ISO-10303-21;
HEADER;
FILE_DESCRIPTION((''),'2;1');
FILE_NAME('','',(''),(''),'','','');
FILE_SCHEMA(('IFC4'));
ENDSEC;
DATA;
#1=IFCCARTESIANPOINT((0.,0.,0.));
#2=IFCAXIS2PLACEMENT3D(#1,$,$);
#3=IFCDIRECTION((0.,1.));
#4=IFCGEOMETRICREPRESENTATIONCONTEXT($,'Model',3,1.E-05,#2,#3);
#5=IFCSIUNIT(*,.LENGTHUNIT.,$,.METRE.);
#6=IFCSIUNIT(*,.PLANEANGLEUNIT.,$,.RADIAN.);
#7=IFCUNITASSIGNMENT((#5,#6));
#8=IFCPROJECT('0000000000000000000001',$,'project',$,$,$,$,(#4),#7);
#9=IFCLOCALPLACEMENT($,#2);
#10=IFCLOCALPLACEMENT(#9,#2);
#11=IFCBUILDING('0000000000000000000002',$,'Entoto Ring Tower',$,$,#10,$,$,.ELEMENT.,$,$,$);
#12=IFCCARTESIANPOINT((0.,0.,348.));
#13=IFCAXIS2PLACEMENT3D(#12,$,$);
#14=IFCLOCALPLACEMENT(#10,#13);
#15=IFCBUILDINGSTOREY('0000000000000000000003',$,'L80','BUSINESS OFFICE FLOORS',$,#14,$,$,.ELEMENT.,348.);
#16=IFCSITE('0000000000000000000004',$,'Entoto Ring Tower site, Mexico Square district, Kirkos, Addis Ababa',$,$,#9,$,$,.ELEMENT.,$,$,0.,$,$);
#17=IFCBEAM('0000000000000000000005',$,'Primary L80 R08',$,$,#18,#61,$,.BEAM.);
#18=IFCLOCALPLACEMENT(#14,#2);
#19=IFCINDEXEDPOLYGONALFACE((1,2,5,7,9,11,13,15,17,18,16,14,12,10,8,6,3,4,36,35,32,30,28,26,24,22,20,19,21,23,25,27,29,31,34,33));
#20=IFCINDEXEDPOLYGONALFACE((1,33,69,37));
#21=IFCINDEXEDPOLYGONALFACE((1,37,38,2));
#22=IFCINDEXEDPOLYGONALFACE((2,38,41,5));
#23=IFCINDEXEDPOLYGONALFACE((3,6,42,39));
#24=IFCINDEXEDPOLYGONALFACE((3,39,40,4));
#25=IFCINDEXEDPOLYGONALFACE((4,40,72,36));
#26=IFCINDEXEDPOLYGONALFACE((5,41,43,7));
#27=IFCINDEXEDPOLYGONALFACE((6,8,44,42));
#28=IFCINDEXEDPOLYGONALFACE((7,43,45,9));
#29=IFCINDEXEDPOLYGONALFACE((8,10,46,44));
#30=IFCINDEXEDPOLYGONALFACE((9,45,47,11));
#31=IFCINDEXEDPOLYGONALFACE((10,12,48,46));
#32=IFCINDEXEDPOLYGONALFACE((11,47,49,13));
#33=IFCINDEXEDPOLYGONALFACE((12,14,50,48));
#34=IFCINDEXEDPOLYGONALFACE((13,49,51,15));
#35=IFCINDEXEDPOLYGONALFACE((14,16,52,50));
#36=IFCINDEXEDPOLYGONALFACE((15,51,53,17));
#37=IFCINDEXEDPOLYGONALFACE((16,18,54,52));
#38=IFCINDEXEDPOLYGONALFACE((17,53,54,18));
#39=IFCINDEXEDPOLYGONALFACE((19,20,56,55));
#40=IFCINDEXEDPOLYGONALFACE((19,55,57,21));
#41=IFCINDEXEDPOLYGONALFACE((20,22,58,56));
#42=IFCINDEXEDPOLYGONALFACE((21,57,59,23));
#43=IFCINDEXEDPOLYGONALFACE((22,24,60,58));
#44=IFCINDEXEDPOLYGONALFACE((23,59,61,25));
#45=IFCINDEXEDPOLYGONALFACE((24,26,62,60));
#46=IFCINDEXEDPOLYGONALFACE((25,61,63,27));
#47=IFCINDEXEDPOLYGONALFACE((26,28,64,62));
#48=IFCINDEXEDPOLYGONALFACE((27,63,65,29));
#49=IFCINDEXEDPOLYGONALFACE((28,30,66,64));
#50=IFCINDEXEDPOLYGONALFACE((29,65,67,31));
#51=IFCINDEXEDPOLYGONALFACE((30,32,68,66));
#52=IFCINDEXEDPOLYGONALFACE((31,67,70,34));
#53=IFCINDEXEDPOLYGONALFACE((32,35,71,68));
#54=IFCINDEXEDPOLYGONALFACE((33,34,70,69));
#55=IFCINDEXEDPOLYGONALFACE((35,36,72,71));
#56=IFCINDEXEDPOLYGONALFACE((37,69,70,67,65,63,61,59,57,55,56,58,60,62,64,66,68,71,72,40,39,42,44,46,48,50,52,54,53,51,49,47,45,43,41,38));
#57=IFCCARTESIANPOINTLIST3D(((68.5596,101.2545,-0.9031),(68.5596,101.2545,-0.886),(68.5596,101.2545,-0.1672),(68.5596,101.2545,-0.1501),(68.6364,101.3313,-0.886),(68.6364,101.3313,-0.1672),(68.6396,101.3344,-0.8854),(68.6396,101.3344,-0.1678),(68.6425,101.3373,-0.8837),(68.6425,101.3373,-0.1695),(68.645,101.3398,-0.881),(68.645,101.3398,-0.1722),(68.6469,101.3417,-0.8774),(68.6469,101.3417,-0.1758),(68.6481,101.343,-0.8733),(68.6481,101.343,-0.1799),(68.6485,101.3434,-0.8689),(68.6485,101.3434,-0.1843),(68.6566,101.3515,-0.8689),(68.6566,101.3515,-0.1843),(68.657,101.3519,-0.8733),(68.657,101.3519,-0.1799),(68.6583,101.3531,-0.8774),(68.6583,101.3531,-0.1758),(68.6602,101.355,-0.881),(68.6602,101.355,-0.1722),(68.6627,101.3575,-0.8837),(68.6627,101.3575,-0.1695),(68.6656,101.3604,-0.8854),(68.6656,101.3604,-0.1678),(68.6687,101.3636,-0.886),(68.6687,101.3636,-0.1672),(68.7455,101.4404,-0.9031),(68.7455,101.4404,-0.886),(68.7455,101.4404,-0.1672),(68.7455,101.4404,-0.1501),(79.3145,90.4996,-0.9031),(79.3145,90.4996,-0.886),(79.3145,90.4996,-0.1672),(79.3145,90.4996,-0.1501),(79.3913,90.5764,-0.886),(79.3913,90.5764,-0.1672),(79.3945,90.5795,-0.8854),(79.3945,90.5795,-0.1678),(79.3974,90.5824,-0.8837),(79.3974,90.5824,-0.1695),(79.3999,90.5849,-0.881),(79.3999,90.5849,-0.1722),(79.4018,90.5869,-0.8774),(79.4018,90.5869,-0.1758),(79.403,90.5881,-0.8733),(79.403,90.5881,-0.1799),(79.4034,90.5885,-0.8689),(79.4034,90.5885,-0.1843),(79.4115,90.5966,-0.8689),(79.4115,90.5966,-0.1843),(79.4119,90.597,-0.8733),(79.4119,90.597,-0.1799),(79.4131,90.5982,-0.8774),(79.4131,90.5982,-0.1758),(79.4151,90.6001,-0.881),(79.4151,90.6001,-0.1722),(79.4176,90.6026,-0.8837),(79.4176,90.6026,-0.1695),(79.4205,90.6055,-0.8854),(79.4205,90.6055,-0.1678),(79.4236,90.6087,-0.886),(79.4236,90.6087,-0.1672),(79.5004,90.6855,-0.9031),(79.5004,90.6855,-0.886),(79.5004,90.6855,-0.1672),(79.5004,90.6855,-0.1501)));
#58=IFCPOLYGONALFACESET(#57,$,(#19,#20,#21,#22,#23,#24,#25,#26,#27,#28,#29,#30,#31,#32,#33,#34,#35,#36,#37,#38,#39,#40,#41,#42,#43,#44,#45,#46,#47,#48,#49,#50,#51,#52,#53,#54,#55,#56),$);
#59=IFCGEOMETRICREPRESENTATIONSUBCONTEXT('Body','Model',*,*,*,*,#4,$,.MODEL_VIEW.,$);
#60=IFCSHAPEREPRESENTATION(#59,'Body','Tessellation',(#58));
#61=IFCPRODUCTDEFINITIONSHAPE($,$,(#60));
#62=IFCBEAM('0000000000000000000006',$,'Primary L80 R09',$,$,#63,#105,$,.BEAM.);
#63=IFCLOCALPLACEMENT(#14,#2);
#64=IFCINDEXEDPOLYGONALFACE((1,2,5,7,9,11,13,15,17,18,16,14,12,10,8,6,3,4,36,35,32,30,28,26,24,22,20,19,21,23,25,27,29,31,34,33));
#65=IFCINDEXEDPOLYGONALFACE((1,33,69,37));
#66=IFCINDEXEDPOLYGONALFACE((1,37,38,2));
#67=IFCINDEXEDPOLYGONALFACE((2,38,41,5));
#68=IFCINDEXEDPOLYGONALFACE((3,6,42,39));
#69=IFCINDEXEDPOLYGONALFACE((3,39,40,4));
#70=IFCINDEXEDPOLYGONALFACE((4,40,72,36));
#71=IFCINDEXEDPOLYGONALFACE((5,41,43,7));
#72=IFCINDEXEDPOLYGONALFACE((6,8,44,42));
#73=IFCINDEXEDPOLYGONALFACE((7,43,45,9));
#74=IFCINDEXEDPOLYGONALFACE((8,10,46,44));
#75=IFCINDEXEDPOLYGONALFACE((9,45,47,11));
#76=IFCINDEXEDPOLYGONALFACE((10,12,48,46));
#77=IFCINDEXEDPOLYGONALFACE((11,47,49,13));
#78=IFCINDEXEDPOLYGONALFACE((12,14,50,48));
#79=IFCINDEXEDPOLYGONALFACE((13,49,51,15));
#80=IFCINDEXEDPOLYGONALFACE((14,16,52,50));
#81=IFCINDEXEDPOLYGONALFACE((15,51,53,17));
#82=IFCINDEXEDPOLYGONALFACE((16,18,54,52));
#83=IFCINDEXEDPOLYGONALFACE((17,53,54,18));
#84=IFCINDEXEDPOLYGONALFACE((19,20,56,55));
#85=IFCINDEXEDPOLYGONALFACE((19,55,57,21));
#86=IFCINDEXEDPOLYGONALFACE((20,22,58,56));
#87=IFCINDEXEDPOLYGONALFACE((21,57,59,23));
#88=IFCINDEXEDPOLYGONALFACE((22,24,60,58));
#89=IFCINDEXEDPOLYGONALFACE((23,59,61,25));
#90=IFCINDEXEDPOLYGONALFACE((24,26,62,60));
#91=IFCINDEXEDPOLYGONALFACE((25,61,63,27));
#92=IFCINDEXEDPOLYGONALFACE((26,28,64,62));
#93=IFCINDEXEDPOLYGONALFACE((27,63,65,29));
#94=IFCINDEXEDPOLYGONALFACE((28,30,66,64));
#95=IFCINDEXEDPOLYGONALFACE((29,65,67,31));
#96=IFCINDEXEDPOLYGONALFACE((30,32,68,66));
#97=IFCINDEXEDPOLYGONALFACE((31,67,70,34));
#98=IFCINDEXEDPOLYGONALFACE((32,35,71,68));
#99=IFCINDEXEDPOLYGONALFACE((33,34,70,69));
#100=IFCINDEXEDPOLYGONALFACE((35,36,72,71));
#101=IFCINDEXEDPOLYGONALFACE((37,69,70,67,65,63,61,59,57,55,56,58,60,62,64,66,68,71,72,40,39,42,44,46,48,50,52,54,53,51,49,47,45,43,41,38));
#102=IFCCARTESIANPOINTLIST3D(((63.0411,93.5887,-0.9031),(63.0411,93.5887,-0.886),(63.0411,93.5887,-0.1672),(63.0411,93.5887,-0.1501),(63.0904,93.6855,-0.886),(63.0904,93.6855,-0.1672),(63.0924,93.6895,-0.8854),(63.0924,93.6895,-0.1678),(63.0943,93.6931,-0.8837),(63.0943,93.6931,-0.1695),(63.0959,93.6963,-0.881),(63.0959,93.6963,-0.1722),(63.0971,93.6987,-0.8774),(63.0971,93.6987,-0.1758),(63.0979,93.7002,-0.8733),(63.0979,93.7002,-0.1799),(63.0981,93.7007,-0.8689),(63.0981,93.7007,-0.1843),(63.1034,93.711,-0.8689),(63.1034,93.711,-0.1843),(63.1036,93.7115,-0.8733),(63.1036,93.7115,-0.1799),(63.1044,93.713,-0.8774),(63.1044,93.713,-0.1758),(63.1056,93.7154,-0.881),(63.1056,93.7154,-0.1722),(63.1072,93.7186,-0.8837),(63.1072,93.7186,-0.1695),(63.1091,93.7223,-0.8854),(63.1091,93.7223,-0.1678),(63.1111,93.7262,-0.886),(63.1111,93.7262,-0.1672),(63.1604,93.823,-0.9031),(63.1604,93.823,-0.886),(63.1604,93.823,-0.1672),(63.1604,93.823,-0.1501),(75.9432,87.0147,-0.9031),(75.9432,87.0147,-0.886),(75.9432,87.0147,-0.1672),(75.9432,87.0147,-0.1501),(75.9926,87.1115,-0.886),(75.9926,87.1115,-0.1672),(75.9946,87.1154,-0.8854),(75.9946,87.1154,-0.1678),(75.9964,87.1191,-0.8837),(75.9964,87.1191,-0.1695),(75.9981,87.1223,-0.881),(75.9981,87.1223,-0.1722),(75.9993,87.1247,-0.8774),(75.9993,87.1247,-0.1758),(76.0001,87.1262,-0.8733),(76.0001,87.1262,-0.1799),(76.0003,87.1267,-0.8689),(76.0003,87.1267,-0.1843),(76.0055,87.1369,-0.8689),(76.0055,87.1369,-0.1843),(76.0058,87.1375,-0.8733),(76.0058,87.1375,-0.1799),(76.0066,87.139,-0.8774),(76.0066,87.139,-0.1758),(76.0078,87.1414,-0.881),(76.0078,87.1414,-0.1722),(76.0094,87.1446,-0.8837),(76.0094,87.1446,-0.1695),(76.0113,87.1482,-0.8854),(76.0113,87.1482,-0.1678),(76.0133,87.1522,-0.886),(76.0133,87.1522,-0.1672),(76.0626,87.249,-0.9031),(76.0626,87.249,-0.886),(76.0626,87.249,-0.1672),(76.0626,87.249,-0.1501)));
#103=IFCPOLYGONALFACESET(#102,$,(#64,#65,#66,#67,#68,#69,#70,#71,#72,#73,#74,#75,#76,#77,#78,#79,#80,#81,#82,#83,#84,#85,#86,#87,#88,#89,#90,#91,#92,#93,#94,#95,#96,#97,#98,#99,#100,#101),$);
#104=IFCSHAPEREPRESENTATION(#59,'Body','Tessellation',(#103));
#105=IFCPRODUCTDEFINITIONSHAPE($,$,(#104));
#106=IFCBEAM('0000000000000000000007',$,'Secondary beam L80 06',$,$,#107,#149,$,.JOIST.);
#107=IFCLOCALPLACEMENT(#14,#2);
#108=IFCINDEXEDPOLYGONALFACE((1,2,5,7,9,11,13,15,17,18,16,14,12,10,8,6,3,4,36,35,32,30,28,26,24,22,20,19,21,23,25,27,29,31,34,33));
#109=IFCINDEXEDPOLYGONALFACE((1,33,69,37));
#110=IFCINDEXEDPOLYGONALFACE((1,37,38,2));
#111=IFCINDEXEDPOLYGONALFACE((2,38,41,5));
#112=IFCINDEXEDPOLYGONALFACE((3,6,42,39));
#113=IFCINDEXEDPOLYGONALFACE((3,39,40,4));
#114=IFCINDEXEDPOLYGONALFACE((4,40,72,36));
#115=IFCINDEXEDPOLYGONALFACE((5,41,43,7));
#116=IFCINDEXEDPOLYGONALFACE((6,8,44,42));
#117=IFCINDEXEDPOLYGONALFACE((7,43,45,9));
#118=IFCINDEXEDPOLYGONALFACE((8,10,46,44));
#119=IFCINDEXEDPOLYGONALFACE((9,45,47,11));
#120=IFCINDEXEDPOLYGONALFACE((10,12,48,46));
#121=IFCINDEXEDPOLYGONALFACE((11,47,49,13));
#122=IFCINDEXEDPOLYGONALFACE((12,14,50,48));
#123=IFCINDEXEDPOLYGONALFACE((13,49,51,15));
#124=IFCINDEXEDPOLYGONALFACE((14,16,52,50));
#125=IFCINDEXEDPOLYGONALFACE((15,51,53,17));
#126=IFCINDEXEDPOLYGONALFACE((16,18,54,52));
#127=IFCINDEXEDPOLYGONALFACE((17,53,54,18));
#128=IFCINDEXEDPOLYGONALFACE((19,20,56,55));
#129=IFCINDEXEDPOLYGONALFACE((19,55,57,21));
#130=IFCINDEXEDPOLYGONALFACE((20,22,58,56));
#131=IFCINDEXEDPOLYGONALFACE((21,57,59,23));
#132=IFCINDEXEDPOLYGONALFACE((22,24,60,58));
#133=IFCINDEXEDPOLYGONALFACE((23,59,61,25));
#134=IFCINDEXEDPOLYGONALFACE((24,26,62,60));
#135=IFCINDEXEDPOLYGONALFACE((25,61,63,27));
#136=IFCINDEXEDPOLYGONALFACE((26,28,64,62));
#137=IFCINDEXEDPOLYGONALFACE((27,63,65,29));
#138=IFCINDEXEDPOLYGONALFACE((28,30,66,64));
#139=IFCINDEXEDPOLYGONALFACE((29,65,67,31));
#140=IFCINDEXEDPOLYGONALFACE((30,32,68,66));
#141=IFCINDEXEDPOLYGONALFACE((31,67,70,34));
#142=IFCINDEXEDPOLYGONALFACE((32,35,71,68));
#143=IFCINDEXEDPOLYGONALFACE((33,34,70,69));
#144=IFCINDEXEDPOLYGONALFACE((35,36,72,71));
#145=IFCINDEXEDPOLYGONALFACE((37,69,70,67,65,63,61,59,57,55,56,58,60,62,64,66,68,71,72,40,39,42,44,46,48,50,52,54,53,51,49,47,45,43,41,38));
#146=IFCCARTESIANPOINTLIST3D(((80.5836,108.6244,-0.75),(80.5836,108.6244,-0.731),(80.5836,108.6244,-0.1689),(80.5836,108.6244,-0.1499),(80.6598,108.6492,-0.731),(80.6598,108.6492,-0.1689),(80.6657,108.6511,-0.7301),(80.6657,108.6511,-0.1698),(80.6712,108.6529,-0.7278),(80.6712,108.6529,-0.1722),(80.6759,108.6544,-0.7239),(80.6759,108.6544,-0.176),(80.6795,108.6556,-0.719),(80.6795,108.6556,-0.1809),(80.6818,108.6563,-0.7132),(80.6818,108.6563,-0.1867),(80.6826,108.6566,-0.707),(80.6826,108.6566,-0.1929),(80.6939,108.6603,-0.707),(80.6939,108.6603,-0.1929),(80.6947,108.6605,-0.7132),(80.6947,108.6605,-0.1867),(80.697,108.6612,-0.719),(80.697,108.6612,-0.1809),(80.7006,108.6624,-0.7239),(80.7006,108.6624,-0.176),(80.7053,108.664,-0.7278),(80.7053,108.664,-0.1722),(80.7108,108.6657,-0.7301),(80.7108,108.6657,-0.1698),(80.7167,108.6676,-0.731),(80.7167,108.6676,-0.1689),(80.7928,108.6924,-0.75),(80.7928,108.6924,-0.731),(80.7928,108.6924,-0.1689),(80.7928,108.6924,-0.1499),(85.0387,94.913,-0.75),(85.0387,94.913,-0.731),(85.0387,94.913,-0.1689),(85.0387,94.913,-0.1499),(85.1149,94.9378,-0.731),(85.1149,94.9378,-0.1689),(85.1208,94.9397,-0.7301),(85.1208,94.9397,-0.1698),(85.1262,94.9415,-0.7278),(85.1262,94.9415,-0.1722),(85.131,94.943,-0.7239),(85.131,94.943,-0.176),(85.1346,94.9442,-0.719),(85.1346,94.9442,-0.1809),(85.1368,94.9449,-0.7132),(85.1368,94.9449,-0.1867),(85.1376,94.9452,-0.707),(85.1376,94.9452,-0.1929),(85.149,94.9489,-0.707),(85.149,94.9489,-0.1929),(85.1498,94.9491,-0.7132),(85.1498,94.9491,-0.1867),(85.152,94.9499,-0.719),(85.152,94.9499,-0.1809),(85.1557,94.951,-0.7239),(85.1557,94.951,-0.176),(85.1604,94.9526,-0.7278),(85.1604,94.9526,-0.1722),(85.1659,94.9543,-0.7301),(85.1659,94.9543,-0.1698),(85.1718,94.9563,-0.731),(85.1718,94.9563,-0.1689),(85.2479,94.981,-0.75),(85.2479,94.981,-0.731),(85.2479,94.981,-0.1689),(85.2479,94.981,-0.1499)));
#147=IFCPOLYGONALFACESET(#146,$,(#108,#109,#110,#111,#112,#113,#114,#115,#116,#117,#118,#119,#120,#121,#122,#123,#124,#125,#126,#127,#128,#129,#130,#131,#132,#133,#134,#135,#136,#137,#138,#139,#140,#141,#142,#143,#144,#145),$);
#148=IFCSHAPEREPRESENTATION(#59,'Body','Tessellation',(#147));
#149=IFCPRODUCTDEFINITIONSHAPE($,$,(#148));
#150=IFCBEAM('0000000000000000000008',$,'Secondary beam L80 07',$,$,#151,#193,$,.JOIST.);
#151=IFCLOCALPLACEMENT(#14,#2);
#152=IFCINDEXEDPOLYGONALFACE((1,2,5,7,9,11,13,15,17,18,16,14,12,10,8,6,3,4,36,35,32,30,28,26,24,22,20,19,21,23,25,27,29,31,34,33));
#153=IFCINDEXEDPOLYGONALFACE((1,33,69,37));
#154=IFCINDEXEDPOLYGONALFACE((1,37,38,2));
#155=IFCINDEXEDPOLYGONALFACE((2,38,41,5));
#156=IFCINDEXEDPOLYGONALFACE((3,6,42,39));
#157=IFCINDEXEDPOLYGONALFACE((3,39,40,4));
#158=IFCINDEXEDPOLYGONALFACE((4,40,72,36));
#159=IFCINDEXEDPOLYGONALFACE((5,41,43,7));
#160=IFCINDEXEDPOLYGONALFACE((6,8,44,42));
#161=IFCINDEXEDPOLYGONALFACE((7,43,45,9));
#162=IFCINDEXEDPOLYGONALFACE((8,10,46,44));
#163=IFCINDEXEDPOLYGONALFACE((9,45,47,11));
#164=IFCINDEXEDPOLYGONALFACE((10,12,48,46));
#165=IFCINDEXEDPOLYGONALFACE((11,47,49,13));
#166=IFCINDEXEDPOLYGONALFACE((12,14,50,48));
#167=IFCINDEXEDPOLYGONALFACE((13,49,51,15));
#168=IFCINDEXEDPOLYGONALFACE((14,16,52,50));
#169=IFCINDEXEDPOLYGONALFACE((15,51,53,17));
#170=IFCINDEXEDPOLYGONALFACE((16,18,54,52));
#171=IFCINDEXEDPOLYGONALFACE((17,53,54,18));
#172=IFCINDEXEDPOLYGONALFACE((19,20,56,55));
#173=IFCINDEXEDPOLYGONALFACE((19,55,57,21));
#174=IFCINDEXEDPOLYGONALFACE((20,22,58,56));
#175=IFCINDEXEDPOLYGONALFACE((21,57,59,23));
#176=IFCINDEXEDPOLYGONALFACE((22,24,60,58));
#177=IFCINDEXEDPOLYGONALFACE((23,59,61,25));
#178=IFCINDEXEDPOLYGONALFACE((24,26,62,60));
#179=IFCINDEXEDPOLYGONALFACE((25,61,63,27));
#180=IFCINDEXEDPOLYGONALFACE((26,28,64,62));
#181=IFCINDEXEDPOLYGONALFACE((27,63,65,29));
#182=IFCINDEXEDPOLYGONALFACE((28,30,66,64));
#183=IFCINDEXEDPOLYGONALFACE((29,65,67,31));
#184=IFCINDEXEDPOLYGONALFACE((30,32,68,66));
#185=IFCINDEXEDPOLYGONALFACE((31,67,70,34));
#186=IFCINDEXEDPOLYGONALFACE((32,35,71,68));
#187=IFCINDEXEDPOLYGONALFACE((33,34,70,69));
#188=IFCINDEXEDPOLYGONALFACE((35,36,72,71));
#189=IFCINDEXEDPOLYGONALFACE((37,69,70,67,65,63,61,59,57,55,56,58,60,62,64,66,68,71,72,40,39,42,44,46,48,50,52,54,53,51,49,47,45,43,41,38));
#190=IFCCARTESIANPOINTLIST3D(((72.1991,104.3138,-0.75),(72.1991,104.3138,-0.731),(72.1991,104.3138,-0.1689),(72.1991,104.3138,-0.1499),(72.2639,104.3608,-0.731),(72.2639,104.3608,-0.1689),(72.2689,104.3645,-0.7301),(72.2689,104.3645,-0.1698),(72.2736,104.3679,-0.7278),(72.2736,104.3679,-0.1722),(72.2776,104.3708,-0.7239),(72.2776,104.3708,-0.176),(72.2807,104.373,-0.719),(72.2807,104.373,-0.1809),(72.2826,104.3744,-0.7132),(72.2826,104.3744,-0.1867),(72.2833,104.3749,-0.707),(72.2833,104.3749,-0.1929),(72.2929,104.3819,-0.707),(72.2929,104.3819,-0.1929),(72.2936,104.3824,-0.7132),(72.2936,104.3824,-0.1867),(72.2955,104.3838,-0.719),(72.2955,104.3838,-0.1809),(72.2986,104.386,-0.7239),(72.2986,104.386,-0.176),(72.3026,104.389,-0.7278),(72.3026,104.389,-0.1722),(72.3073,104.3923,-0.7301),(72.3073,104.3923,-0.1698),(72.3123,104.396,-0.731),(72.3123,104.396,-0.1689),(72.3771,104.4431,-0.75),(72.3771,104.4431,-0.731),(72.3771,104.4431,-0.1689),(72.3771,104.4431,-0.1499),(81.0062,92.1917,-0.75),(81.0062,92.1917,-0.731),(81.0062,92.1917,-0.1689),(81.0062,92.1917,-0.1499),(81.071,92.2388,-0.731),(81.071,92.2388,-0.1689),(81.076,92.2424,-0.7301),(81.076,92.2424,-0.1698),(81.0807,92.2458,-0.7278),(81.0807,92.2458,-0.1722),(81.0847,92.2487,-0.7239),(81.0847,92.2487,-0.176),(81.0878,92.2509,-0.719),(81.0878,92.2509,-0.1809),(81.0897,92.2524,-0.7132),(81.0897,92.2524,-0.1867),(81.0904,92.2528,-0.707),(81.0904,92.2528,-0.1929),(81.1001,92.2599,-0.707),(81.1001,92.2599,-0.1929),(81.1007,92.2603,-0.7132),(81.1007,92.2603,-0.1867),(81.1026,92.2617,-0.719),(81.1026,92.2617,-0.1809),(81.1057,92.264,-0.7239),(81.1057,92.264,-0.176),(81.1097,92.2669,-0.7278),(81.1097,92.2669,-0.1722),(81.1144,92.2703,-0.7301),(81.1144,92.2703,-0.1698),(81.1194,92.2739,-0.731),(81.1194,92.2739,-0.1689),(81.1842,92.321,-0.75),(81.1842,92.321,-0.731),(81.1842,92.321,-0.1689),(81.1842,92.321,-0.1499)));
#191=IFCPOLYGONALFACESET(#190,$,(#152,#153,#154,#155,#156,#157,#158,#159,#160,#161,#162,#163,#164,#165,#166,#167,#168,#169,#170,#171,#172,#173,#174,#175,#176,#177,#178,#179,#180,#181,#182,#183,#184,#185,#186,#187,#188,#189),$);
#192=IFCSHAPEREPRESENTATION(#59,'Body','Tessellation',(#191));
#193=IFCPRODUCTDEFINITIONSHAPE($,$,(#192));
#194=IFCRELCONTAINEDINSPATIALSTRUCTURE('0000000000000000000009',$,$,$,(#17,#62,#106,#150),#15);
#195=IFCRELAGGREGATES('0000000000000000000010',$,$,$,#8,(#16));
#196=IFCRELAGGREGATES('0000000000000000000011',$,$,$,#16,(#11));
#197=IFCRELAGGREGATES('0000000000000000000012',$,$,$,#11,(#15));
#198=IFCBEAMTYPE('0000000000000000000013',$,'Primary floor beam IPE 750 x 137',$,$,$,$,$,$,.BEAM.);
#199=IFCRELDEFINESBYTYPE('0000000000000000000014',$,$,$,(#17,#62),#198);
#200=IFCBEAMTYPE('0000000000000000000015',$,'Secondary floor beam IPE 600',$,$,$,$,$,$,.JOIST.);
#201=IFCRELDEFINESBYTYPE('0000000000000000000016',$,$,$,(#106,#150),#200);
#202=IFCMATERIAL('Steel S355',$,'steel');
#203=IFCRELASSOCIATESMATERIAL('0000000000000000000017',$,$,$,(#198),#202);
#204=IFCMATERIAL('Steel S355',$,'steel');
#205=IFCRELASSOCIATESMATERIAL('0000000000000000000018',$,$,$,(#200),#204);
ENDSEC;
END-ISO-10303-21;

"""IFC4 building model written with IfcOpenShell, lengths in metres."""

from ifc_helpers import new_model, si_unit, direction, frame, origin, origin_2d, place, context, subcontext, project, spatial, i_section, extrude, material, material_profile, profile_set, type_object, element, save


model = new_model("IFC4")

# Units and contexts
model_context = context("Model", 3, precision=1e-05, world=origin(), true_north=direction((0.0, 1.0)))
body_context = subcontext(model_context, "Body", "Model", "MODEL_VIEW")
ifc_project = project(units=[si_unit("LENGTHUNIT", "METRE"), si_unit("PLANEANGLEUNIT", "RADIAN")], contexts=[model_context])

# Site, building, storey
site_placement = place(None, origin())
site = spatial("IfcSite", under=ifc_project, at=site_placement, Name="Entoto Ring Tower site, Mexico Square district, Kirkos, Addis Ababa", CompositionType="ELEMENT", RefElevation=0.0)
building_placement = place(site_placement, origin())
building = spatial("IfcBuilding", under=site, at=building_placement, Name="Entoto Ring Tower", CompositionType="ELEMENT")
storey_placement = place(building_placement, frame((0.0, 0.0, 348.0)))
storey = spatial("IfcBuildingStorey", under=building, at=storey_placement, Name="L80", Description="BUSINESS OFFICE FLOORS", CompositionType="ELEMENT", Elevation=348.0)

# Beams
ifc_material_1 = material(Name="Steel S355", Category="steel")
ifc_material_profile_1 = material_profile(ifc_material_1, i_section(OverallWidth=0.2629, OverallDepth=0.7529, WebThickness=0.0115, FlangeThickness=0.0171, FilletRadius=0.0171, at=origin_2d()), Name="IPE 750 x 137")
ifc_profile_set_1 = profile_set([ifc_material_profile_1], Name="Steel S355")
beam_type_1 = type_object("IfcBeamType", Name="Primary floor beam IPE 750 x 137", PredefinedType="BEAM", material=ifc_profile_set_1)
beam_1_placement = place(storey_placement, frame((79.4075, 90.5925, -0.5266), z_axis=(-0.707107, 0.707107, 0.0), x_axis=(-0.707107, -0.707107, 0.0)))
element("IfcBeam", 1, at=beam_1_placement, inside=storey, type_object=beam_type_1, Name="Primary L80 R08", PredefinedType="BEAM", context=body_context, shape_type="SweptSolid", body=[
    extrude(i_section(OverallWidth=0.2629, OverallDepth=0.7529, WebThickness=0.0115, FlangeThickness=0.0171, FilletRadius=0.0171, at=origin_2d()), origin(), (0.0, 0.0, 1.0), 15.2097),
])
beam_2_placement = place(storey_placement, frame((76.0029, 87.1318, -0.5266), z_axis=(-0.891006, 0.453992, 0.0), x_axis=(-0.453992, -0.891006, 0.0)))
element("IfcBeam", 2, at=beam_2_placement, inside=storey, type_object=beam_type_1, Name="Primary L80 R09", PredefinedType="BEAM", context=body_context, shape_type="SweptSolid", body=[
    extrude(i_section(OverallWidth=0.2629, OverallDepth=0.7529, WebThickness=0.0115, FlangeThickness=0.0171, FilletRadius=0.0171, at=origin_2d()), origin(), (0.0, 0.0, 1.0), 14.4805),
])
ifc_material_2 = material(Name="Steel S355", Category="steel")
ifc_material_profile_2 = material_profile(ifc_material_2, i_section(OverallWidth=0.22, OverallDepth=0.6001, WebThickness=0.012, FlangeThickness=0.019, FilletRadius=0.0239, at=origin_2d()), Name="IPE 600")
ifc_profile_set_2 = profile_set([ifc_material_profile_2], Name="Steel S355")
beam_type_2 = type_object("IfcBeamType", Name="Secondary floor beam IPE 600", PredefinedType="JOIST", material=ifc_profile_set_2)
beam_3_placement = place(storey_placement, frame((85.1433, 94.947, -0.45), z_axis=(-0.309015, 0.951057, 0.0), x_axis=(-0.951057, -0.309015, 0.0)))
element("IfcBeam", 3, at=beam_3_placement, inside=storey, type_object=beam_type_2, Name="Secondary beam L80 06", PredefinedType="JOIST", context=body_context, shape_type="SweptSolid", body=[
    extrude(i_section(OverallWidth=0.22, OverallDepth=0.6001, WebThickness=0.012, FlangeThickness=0.019, FilletRadius=0.0239, at=origin_2d()), origin(), (0.0, 0.0, 1.0), 14.417),
])
for number, where, z_axis, x_axis, name in (
    (4, (81.0952, 92.2563, -0.45), (-0.587782, 0.809019, 0.0), (-0.809019, -0.587782, 0.0), "Secondary beam L80 07"),
):
    element("IfcBeam", number, at=place(storey_placement, frame(where, z_axis=z_axis, x_axis=x_axis)), inside=storey, type_object=beam_type_2, Name=name, PredefinedType="JOIST", context=body_context, shape_type="SweptSolid", body=[
        extrude(i_section(OverallWidth=0.22, OverallDepth=0.6001, WebThickness=0.012, FlangeThickness=0.019, FilletRadius=0.0239, at=origin_2d()), origin(), (0.0, 0.0, 1.0), 14.9836),
    ])

save(model, "model.ifc")
